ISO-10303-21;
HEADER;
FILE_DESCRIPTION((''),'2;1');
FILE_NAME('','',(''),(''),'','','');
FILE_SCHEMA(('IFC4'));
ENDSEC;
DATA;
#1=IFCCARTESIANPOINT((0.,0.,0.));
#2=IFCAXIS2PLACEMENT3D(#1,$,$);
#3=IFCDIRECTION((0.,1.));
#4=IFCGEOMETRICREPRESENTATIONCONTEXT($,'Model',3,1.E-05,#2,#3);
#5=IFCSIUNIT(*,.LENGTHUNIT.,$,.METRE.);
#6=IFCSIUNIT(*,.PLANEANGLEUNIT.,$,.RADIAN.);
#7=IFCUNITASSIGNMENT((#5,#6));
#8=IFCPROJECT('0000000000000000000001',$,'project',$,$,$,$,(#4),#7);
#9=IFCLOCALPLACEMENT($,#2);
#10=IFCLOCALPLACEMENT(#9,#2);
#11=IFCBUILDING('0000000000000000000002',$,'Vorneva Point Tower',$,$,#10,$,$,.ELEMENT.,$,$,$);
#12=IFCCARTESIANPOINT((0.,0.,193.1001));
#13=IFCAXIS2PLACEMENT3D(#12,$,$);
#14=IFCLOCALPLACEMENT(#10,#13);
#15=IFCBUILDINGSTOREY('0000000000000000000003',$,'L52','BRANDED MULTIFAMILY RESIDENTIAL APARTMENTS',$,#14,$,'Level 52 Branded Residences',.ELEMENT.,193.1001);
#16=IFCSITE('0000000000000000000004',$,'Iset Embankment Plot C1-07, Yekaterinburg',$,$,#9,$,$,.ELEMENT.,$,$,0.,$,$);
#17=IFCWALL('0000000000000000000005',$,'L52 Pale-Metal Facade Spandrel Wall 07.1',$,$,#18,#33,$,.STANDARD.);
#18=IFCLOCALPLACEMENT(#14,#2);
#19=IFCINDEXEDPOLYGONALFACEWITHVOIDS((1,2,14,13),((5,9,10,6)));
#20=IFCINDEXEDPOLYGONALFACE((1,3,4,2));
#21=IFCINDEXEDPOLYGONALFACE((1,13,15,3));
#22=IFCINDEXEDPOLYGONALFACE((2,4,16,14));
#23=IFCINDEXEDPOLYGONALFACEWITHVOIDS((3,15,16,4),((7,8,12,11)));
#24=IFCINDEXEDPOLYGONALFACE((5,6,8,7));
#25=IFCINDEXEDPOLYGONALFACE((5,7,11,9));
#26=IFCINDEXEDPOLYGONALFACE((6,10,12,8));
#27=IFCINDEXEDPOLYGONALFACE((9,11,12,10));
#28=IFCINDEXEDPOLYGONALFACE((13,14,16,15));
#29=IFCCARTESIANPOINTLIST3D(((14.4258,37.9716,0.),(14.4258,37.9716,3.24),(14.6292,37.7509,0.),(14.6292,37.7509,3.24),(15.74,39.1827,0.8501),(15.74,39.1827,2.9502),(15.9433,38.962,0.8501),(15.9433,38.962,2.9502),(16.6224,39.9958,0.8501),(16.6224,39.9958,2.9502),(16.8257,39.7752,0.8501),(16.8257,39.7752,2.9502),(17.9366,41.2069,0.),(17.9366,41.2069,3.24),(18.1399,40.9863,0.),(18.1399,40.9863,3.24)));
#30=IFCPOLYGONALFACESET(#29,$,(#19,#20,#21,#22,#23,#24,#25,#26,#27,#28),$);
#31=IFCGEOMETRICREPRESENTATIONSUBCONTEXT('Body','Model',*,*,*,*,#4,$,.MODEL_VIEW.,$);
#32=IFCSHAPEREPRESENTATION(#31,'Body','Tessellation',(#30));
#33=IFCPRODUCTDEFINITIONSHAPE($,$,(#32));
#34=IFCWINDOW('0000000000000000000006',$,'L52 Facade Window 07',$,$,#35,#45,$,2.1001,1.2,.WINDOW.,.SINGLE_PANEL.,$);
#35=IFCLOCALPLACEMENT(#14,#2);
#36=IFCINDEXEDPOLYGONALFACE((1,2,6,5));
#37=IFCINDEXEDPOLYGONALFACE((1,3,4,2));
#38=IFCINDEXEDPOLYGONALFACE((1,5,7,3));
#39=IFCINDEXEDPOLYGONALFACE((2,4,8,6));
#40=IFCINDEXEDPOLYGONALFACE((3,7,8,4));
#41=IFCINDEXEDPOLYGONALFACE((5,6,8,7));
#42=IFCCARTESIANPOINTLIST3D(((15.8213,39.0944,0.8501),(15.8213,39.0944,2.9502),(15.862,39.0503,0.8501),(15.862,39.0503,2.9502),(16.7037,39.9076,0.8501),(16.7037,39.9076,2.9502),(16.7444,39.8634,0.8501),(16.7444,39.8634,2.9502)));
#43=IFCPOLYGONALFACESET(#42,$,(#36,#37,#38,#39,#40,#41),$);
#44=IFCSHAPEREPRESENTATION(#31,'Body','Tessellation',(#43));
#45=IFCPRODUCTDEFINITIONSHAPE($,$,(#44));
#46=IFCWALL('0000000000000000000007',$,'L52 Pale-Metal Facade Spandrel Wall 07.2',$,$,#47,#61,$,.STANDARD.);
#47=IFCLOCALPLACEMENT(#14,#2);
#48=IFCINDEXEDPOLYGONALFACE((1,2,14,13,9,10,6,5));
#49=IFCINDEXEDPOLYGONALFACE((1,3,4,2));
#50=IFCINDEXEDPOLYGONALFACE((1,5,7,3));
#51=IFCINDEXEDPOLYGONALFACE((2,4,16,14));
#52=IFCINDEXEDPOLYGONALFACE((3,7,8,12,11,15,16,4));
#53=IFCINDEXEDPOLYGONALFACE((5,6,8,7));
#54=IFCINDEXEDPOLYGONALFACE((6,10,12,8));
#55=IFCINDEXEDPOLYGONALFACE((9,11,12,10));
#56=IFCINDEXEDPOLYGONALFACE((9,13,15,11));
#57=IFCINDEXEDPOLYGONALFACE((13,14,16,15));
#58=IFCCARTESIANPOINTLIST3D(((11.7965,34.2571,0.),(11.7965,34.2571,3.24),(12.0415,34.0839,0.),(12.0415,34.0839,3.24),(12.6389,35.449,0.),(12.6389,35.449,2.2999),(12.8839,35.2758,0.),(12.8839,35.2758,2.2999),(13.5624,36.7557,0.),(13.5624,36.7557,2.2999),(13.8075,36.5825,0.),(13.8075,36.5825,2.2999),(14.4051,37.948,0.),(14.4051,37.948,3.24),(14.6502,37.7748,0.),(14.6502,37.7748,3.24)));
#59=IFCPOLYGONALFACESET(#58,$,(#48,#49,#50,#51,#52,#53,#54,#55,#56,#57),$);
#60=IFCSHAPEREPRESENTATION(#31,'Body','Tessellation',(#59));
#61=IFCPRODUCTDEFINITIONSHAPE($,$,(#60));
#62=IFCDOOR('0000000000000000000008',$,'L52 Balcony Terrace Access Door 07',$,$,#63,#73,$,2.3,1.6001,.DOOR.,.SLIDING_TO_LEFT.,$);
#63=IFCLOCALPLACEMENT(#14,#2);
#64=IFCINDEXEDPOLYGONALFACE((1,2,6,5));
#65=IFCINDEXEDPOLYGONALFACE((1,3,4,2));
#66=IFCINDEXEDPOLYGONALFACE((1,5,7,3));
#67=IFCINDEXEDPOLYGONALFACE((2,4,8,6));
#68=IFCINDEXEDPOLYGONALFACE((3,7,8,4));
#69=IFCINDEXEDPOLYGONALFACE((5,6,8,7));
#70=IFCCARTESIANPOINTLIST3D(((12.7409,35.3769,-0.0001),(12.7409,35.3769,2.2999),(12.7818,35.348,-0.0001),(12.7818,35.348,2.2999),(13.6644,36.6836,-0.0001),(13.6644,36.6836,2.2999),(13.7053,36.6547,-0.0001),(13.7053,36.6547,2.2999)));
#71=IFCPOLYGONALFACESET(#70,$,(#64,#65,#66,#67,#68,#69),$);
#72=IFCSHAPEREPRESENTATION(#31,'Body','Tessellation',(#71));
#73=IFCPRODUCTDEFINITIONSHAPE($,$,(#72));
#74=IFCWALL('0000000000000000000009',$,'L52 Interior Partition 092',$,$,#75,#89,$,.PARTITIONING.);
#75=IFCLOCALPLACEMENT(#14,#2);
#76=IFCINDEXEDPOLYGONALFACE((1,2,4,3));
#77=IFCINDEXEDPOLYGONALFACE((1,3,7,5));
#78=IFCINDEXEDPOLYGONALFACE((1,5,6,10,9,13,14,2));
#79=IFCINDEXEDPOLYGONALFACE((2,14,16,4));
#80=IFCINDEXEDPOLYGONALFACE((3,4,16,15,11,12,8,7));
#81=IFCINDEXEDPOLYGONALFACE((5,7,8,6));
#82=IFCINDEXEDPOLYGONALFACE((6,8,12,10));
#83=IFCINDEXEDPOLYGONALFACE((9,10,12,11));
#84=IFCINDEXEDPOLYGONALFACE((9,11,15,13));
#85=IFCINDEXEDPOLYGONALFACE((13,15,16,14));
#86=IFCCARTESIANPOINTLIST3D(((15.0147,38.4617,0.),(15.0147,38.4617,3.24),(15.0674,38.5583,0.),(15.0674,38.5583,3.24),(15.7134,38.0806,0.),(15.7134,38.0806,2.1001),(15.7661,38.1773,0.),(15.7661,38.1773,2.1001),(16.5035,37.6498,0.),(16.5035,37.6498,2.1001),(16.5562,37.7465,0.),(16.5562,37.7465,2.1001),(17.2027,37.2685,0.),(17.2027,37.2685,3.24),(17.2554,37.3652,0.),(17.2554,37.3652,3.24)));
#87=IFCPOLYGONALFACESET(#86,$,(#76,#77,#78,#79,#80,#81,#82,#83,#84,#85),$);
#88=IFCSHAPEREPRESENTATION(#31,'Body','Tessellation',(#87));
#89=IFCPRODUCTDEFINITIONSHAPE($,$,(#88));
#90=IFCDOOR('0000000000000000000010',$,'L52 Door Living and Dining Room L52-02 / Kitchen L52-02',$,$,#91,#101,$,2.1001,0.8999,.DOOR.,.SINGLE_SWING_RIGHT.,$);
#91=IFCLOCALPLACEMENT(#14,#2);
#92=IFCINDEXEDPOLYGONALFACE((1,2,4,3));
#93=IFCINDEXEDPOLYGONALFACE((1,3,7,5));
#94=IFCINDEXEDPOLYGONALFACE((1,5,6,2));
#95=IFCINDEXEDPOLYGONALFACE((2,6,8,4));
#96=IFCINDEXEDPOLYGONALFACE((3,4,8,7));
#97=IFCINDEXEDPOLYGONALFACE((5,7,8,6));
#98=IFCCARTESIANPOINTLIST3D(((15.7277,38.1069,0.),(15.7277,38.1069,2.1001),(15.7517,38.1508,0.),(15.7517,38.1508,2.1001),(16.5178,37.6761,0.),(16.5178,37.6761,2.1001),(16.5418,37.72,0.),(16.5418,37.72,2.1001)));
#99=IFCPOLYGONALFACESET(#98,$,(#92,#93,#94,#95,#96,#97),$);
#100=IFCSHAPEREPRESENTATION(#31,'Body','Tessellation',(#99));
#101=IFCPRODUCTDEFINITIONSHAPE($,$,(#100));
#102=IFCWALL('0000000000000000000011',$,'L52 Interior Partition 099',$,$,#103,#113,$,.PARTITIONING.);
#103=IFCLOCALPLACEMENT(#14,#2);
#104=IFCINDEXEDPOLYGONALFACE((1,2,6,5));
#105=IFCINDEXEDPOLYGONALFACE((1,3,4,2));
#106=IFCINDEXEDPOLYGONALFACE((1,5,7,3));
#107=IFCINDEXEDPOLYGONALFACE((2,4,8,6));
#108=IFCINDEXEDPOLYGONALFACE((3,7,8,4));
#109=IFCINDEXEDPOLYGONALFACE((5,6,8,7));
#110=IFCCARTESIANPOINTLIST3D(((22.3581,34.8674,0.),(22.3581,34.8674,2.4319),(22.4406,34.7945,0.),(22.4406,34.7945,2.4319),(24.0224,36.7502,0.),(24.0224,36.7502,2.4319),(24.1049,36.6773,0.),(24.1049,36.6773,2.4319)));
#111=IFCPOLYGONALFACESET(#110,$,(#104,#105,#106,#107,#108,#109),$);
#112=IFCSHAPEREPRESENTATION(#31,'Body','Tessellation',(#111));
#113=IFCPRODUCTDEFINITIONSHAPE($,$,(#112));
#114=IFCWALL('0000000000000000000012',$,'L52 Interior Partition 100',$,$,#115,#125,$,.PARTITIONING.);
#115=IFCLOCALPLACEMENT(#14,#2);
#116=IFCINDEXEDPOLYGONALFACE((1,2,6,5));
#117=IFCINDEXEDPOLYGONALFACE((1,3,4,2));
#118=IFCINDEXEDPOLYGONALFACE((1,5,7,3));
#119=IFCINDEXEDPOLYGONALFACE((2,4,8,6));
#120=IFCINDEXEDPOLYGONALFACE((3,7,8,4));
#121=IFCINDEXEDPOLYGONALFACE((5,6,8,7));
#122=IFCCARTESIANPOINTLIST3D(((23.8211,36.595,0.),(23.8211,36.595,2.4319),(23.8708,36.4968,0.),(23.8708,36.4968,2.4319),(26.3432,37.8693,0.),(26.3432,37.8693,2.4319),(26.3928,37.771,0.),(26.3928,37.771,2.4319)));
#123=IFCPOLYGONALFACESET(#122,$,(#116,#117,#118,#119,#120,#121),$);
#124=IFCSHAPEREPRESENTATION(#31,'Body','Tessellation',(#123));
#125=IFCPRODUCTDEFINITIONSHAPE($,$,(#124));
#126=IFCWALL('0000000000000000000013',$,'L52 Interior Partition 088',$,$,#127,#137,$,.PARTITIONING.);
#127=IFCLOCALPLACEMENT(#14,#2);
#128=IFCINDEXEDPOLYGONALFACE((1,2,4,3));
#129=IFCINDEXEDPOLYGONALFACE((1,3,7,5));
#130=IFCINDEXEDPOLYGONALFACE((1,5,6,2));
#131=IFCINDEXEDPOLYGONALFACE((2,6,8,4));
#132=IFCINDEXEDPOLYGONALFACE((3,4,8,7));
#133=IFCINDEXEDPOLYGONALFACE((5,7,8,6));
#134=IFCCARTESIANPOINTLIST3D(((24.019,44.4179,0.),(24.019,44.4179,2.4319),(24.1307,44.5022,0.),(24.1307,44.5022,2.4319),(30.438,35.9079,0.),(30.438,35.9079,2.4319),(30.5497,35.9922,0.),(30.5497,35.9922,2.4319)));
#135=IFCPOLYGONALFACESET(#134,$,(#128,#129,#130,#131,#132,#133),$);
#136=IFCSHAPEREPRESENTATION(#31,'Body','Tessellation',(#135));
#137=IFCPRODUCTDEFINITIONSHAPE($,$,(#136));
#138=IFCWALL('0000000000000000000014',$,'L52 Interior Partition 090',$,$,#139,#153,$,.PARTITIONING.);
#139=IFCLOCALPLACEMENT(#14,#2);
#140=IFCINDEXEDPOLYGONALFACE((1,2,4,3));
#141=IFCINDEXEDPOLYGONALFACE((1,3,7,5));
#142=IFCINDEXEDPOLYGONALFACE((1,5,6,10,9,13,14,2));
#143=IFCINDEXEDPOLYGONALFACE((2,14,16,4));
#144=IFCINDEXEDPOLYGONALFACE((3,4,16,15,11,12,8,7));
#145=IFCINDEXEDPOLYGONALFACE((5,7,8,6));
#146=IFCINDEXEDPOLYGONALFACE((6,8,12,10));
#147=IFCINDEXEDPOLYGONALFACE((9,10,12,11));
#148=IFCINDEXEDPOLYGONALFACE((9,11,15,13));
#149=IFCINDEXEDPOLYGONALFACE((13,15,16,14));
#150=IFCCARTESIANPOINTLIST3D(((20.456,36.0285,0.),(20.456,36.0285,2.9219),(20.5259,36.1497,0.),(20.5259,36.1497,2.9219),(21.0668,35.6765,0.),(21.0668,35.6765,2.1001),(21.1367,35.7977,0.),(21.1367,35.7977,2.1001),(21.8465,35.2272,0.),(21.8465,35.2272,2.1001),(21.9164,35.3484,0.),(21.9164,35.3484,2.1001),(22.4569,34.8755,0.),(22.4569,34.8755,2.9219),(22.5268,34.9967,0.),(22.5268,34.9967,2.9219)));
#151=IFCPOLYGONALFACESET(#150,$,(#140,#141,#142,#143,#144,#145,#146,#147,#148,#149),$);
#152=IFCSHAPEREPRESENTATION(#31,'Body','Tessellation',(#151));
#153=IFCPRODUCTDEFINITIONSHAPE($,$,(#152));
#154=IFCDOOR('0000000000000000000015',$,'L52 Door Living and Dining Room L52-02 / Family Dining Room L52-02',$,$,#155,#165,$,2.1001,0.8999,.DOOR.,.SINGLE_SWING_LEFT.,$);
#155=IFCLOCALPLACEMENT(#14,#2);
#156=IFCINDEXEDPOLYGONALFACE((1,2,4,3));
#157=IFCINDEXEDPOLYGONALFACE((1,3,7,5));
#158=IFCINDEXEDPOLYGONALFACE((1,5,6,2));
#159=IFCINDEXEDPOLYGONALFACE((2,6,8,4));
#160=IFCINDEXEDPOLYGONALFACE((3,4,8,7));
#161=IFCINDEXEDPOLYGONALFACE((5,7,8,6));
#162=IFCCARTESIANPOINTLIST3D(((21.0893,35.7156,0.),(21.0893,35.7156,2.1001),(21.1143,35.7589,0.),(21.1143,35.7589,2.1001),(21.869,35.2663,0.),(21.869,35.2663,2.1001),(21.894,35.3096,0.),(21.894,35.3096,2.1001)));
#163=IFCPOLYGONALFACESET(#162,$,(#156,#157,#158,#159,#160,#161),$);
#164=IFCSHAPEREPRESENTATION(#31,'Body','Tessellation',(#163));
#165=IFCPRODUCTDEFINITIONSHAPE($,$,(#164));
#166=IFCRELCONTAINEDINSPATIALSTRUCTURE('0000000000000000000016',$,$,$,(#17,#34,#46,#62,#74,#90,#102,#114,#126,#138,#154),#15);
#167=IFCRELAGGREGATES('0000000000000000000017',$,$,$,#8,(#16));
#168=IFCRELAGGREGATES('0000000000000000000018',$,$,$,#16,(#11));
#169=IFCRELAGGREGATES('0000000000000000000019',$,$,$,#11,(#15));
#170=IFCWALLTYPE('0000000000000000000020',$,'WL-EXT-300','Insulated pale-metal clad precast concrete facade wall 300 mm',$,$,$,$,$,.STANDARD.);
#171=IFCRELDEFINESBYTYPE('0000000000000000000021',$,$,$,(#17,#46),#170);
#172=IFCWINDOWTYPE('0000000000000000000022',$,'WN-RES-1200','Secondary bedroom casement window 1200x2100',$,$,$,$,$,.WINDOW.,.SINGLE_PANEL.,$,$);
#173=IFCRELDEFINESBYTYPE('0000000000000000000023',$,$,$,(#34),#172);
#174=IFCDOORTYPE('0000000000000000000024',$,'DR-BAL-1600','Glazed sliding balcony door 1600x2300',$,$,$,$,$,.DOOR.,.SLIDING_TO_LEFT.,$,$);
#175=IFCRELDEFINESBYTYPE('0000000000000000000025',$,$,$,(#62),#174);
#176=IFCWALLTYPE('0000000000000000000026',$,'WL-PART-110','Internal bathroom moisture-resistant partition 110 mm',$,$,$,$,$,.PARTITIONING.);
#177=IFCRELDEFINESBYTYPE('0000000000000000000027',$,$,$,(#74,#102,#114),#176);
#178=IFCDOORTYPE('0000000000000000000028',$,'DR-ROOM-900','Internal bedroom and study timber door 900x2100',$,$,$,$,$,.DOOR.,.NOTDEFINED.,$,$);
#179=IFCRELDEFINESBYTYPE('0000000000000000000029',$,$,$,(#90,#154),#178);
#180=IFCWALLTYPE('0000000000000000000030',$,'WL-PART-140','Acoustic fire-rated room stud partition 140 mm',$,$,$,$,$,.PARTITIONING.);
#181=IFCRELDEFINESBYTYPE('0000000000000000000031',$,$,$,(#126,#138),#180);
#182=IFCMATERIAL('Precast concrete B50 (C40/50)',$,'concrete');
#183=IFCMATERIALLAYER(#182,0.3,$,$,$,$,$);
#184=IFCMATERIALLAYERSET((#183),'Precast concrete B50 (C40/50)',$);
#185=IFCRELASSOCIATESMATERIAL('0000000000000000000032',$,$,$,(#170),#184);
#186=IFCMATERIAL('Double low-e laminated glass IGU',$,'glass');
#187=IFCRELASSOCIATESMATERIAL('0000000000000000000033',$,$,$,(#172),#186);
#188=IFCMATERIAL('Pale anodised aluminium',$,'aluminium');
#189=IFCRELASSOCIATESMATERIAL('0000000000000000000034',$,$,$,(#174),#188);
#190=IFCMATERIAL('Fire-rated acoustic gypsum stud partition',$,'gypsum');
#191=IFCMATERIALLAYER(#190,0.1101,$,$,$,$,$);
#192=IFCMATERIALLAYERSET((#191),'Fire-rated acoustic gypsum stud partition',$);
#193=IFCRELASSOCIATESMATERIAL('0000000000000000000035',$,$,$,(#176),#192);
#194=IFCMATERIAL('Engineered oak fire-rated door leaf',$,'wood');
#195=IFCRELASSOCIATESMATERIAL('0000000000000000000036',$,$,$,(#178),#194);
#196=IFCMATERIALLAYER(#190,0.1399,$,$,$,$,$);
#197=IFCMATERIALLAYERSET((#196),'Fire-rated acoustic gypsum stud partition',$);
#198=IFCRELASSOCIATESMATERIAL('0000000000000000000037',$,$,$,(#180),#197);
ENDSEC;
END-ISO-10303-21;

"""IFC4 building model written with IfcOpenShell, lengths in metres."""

from ifc_helpers import new_model, si_unit, direction, frame, frame_2d, origin, place, context, subcontext, project, spatial, rectangle, extrude, material, layer, layer_set, type_object, element, fill, save


model = new_model("IFC4")

# Units and contexts
model_context = context("Model", 3, precision=1e-05, world=origin(), true_north=direction((0.0, 1.0)))
body_context = subcontext(model_context, "Body", "Model", "MODEL_VIEW")
ifc_project = project(units=[si_unit("LENGTHUNIT", "METRE"), si_unit("PLANEANGLEUNIT", "RADIAN")], contexts=[model_context])

# Site, building, storey
site_placement = place(None, origin())
site = spatial("IfcSite", under=ifc_project, at=site_placement, Name="Iset Embankment Plot C1-07, Yekaterinburg", CompositionType="ELEMENT", RefElevation=0.0)
building_placement = place(site_placement, origin())
building = spatial("IfcBuilding", under=site, at=building_placement, Name="Vorneva Point Tower", CompositionType="ELEMENT")
storey_placement = place(building_placement, frame((0.0, 0.0, 193.1001)))
storey = spatial("IfcBuildingStorey", under=building, at=storey_placement, Name="L52", Description="BRANDED MULTIFAMILY RESIDENTIAL APARTMENTS", LongName="Level 52 Branded Residences", CompositionType="ELEMENT", Elevation=193.1001)

# Shared definitions
ifc_material_1 = material(Name="Pale anodised aluminium", Category="aluminium")
ifc_material_2 = material(Name="Double low-e laminated glass IGU", Category="glass")

# Wall, opening, window
ifc_material_3 = material(Name="Precast concrete B50 (C40/50)", Category="concrete")
ifc_layer_1 = layer(ifc_material_3, 0.3)
ifc_layer_set_1 = layer_set([ifc_layer_1], Name="Precast concrete B50 (C40/50)")
wall_type_1 = type_object("IfcWallType", Name="WL-EXT-300", Description="Insulated pale-metal clad precast concrete facade wall 300 mm", PredefinedType="STANDARD", material=ifc_layer_set_1)
wall_1_placement = place(storey_placement, frame((18.0383, 41.0967, 0.0), z_axis=(0.0, 0.0, 1.0), x_axis=(-0.73536, -0.677677, 0.0)))
wall_1 = element("IfcWall", 1, at=wall_1_placement, inside=storey, type_object=wall_type_1, Name="L52 Pale-Metal Facade Spandrel Wall 07.1", PredefinedType="STANDARD", context=body_context, shape_type="SweptSolid", body=[
    extrude(rectangle(XDim=4.7742, YDim=0.3, at=frame_2d((2.3872, 0.0))), origin(), (0.0, 0.0, 1.0), 3.24),
])
opening_1_placement = place(wall_1_placement, frame((1.7871, 0.0, 0.8501)))
opening_1 = element("IfcOpeningElement", 2, at=opening_1_placement, cuts=wall_1, PredefinedType="OPENING", context=body_context, shape_type="SweptSolid", body=[
    extrude(rectangle(XDim=1.2, YDim=2.1001, at=frame_2d((0.6001, 1.05))), frame((0.0, 0.165, 0.0), z_axis=(0.0, -1.0, 0.0), x_axis=(1.0, 0.0, 0.0)), (0.0, 0.0, 1.0), 0.3298),
])
window_type = type_object("IfcWindowType", Name="WN-RES-1200", Description="Secondary bedroom casement window 1200x2100", PartitioningType="SINGLE_PANEL", PredefinedType="WINDOW", material=ifc_material_2)
window_placement = place(opening_1_placement, origin())
window = element("IfcWindow", 3, at=window_placement, inside=storey, type_object=window_type, Name="L52 Facade Window 07", OverallHeight=2.1001, OverallWidth=1.2, PartitioningType="SINGLE_PANEL", PredefinedType="WINDOW", context=body_context, shape_type="SweptSolid", body=[
    extrude(rectangle(XDim=1.2, YDim=2.1001, at=frame_2d((0.6001, 1.05))), frame((0.0, 0.03, 0.0), z_axis=(0.0, -1.0, 0.0), x_axis=(1.0, 0.0, 0.0)), (0.0, 0.0, 1.0), 0.0601),
])
fill(opening_1, window)

# Walls, openings, doors
wall_2_placement = place(storey_placement, frame((14.5276, 37.8613, 0.0), z_axis=(0.0, 0.0, 1.0), x_axis=(-0.577169, -0.816625, 0.0)))
wall_2 = element("IfcWall", 4, at=wall_2_placement, inside=storey, type_object=wall_type_1, Name="L52 Pale-Metal Facade Spandrel Wall 07.2", PredefinedType="STANDARD", context=body_context, shape_type="SweptSolid", body=[
    extrude(rectangle(XDim=4.5198, YDim=0.3, at=frame_2d((2.2598, 0.0))), origin(), (0.0, 0.0, 1.0), 3.24),
])
opening_2_placement = place(wall_2_placement, frame((1.46, 0.0, 0.0)))
opening_2 = element("IfcOpeningElement", 5, at=opening_2_placement, cuts=wall_2, PredefinedType="OPENING", context=body_context, shape_type="SweptSolid", body=[
    extrude(rectangle(XDim=1.6001, YDim=2.3, at=frame_2d((0.8, 1.1499))), frame((0.0, 0.165, 0.0), z_axis=(0.0, -1.0, 0.0), x_axis=(1.0, 0.0, 0.0)), (0.0, 0.0, 1.0), 0.3298),
])
door_type_1 = type_object("IfcDoorType", Name="DR-BAL-1600", Description="Glazed sliding balcony door 1600x2300", OperationType="SLIDING_TO_LEFT", PredefinedType="DOOR", material=ifc_material_1)
door_1_placement = place(opening_2_placement, origin())
door_1 = element("IfcDoor", 6, at=door_1_placement, inside=storey, type_object=door_type_1, Name="L52 Balcony Terrace Access Door 07", OperationType="SLIDING_TO_LEFT", OverallHeight=2.3, OverallWidth=1.6001, PredefinedType="DOOR", context=body_context, shape_type="SweptSolid", body=[
    extrude(rectangle(XDim=1.6001, YDim=2.3, at=frame_2d((0.8, 1.1499))), frame((0.0, 0.0249, 0.0), z_axis=(0.0, -1.0, 0.0), x_axis=(1.0, 0.0, 0.0)), (0.0, 0.0, 1.0), 0.05),
])
fill(opening_2, door_1)
ifc_material_4 = material(Name="Fire-rated acoustic gypsum stud partition", Category="gypsum")
ifc_layer_2 = layer(ifc_material_4, 0.1101)
ifc_layer_set_2 = layer_set([ifc_layer_2], Name="Fire-rated acoustic gypsum stud partition")
wall_type_2 = type_object("IfcWallType", Name="WL-PART-110", Description="Internal bathroom moisture-resistant partition 110 mm", PredefinedType="PARTITIONING", material=ifc_layer_set_2)
wall_3_placement = place(storey_placement, frame((15.041, 38.51, 0.0), z_axis=(0.0, 0.0, 1.0), x_axis=(0.877952, -0.478749, 0.0)))
wall_3 = element("IfcWall", 7, at=wall_3_placement, inside=storey, type_object=wall_type_2, Name="L52 Interior Partition 092", PredefinedType="PARTITIONING", context=body_context, shape_type="SweptSolid", body=[
    extrude(rectangle(XDim=2.4922, YDim=0.1101, at=frame_2d((1.2461, 0.0))), origin(), (0.0, 0.0, 1.0), 3.24),
])
opening_3_placement = place(wall_3_placement, frame((0.7959, 0.0, 0.0)))
opening_3 = element("IfcOpeningElement", 8, at=opening_3_placement, cuts=wall_3, PredefinedType="OPENING", context=body_context, shape_type="SweptSolid", body=[
    extrude(rectangle(XDim=0.8999, YDim=2.1001, at=frame_2d((0.45, 1.05))), frame((0.0, 0.0698, 0.0), z_axis=(0.0, -1.0, 0.0), x_axis=(1.0, 0.0, 0.0)), (0.0, 0.0, 1.0), 0.1399),
])
ifc_material_5 = material(Name="Engineered oak fire-rated door leaf", Category="wood")
door_type_2 = type_object("IfcDoorType", Name="DR-ROOM-900", Description="Internal bedroom and study timber door 900x2100", OperationType="NOTDEFINED", PredefinedType="DOOR", material=ifc_material_5)
door_2_placement = place(opening_3_placement, origin())
door_2 = element("IfcDoor", 9, at=door_2_placement, inside=storey, type_object=door_type_2, Name="L52 Door Living and Dining Room L52-02 / Kitchen L52-02", OperationType="SINGLE_SWING_RIGHT", OverallHeight=2.1001, OverallWidth=0.8999, PredefinedType="DOOR", context=body_context, shape_type="SweptSolid", body=[
    extrude(rectangle(XDim=0.8999, YDim=2.1001, at=frame_2d((0.45, 1.05))), frame((0.0, 0.0249, 0.0), z_axis=(0.0, -1.0, 0.0), x_axis=(1.0, 0.0, 0.0)), (0.0, 0.0, 1.0), 0.05),
])
fill(opening_3, door_2)

# Walls
wall_4_placement = place(storey_placement, frame((22.3994, 34.8311, 0.0), z_axis=(0.0, 0.0, 1.0), x_axis=(0.662293, 0.749245, 0.0)))
element("IfcWall", 10, at=wall_4_placement, inside=storey, type_object=wall_type_2, Name="L52 Interior Partition 099", PredefinedType="PARTITIONING", context=body_context, shape_type="SweptSolid", body=[
    extrude(rectangle(XDim=2.5129, YDim=0.1101, at=frame_2d((1.2563, 0.0))), origin(), (0.0, 0.0, 1.0), 2.4319),
])
wall_5_placement = place(storey_placement, frame((23.8459, 36.5459, 0.0), z_axis=(0.0, 0.0, 1.0), x_axis=(0.892553, 0.450942, 0.0)))
element("IfcWall", 11, at=wall_5_placement, inside=storey, type_object=wall_type_2, Name="L52 Interior Partition 100", PredefinedType="PARTITIONING", context=body_context, shape_type="SweptSolid", body=[
    extrude(rectangle(XDim=2.8257, YDim=0.1101, at=frame_2d((1.4128, 0.0))), origin(), (0.0, 0.0, 1.0), 2.4319),
])
ifc_layer_3 = layer(ifc_material_4, 0.1399)
ifc_layer_set_3 = layer_set([ifc_layer_3], Name="Fire-rated acoustic gypsum stud partition")
wall_type_3 = type_object("IfcWallType", Name="WL-PART-140", Description="Acoustic fire-rated room stud partition 140 mm", PredefinedType="PARTITIONING", material=ifc_layer_set_3)
wall_6_placement = place(storey_placement, frame((24.075, 44.46, 0.0), z_axis=(0.0, 0.0, 1.0), x_axis=(0.602186, -0.798356, 0.0)))
element("IfcWall", 12, at=wall_6_placement, inside=storey, type_object=wall_type_3, Name="L52 Interior Partition 088", PredefinedType="PARTITIONING", context=body_context, shape_type="SweptSolid", body=[
    extrude(rectangle(XDim=10.6594, YDim=0.1399, at=frame_2d((5.3296, 0.0))), origin(), (0.0, 0.0, 1.0), 2.4319),
])

# Wall, opening, door
wall_7_placement = place(storey_placement, frame((22.4919, 34.936, 0.0), z_axis=(0.0, 0.0, 1.0), x_axis=(-0.866435, 0.499289, 0.0)))
wall_7 = element("IfcWall", 13, at=wall_7_placement, inside=storey, type_object=wall_type_3, Name="L52 Interior Partition 090", PredefinedType="PARTITIONING", context=body_context, shape_type="SweptSolid", body=[
    extrude(rectangle(XDim=2.3093, YDim=0.1399, at=frame_2d((1.1548, 0.0))), origin(), (0.0, 0.0, 1.0), 2.9219),
])
opening_4_placement = place(wall_7_placement, frame((0.7046, 0.0, 0.0)))
opening_4 = element("IfcOpeningElement", 14, at=opening_4_placement, cuts=wall_7, PredefinedType="OPENING", context=body_context, shape_type="SweptSolid", body=[
    extrude(rectangle(XDim=0.8999, YDim=2.1001, at=frame_2d((0.45, 1.05))), frame((0.0, 0.085, 0.0), z_axis=(0.0, -1.0, 0.0), x_axis=(1.0, 0.0, 0.0)), (0.0, 0.0, 1.0), 0.1697),
])
door_3_placement = place(opening_4_placement, origin())
door_3 = element("IfcDoor", 15, at=door_3_placement, inside=storey, type_object=door_type_2, Name="L52 Door Living and Dining Room L52-02 / Family Dining Room L52-02", OperationType="SINGLE_SWING_LEFT", OverallHeight=2.1001, OverallWidth=0.8999, PredefinedType="DOOR", context=body_context, shape_type="SweptSolid", body=[
    extrude(rectangle(XDim=0.8999, YDim=2.1001, at=frame_2d((0.45, 1.05))), frame((0.0, 0.0249, 0.0), z_axis=(0.0, -1.0, 0.0), x_axis=(1.0, 0.0, 0.0)), (0.0, 0.0, 1.0), 0.05),
])
fill(opening_4, door_3)

save(model, "model.ifc")
